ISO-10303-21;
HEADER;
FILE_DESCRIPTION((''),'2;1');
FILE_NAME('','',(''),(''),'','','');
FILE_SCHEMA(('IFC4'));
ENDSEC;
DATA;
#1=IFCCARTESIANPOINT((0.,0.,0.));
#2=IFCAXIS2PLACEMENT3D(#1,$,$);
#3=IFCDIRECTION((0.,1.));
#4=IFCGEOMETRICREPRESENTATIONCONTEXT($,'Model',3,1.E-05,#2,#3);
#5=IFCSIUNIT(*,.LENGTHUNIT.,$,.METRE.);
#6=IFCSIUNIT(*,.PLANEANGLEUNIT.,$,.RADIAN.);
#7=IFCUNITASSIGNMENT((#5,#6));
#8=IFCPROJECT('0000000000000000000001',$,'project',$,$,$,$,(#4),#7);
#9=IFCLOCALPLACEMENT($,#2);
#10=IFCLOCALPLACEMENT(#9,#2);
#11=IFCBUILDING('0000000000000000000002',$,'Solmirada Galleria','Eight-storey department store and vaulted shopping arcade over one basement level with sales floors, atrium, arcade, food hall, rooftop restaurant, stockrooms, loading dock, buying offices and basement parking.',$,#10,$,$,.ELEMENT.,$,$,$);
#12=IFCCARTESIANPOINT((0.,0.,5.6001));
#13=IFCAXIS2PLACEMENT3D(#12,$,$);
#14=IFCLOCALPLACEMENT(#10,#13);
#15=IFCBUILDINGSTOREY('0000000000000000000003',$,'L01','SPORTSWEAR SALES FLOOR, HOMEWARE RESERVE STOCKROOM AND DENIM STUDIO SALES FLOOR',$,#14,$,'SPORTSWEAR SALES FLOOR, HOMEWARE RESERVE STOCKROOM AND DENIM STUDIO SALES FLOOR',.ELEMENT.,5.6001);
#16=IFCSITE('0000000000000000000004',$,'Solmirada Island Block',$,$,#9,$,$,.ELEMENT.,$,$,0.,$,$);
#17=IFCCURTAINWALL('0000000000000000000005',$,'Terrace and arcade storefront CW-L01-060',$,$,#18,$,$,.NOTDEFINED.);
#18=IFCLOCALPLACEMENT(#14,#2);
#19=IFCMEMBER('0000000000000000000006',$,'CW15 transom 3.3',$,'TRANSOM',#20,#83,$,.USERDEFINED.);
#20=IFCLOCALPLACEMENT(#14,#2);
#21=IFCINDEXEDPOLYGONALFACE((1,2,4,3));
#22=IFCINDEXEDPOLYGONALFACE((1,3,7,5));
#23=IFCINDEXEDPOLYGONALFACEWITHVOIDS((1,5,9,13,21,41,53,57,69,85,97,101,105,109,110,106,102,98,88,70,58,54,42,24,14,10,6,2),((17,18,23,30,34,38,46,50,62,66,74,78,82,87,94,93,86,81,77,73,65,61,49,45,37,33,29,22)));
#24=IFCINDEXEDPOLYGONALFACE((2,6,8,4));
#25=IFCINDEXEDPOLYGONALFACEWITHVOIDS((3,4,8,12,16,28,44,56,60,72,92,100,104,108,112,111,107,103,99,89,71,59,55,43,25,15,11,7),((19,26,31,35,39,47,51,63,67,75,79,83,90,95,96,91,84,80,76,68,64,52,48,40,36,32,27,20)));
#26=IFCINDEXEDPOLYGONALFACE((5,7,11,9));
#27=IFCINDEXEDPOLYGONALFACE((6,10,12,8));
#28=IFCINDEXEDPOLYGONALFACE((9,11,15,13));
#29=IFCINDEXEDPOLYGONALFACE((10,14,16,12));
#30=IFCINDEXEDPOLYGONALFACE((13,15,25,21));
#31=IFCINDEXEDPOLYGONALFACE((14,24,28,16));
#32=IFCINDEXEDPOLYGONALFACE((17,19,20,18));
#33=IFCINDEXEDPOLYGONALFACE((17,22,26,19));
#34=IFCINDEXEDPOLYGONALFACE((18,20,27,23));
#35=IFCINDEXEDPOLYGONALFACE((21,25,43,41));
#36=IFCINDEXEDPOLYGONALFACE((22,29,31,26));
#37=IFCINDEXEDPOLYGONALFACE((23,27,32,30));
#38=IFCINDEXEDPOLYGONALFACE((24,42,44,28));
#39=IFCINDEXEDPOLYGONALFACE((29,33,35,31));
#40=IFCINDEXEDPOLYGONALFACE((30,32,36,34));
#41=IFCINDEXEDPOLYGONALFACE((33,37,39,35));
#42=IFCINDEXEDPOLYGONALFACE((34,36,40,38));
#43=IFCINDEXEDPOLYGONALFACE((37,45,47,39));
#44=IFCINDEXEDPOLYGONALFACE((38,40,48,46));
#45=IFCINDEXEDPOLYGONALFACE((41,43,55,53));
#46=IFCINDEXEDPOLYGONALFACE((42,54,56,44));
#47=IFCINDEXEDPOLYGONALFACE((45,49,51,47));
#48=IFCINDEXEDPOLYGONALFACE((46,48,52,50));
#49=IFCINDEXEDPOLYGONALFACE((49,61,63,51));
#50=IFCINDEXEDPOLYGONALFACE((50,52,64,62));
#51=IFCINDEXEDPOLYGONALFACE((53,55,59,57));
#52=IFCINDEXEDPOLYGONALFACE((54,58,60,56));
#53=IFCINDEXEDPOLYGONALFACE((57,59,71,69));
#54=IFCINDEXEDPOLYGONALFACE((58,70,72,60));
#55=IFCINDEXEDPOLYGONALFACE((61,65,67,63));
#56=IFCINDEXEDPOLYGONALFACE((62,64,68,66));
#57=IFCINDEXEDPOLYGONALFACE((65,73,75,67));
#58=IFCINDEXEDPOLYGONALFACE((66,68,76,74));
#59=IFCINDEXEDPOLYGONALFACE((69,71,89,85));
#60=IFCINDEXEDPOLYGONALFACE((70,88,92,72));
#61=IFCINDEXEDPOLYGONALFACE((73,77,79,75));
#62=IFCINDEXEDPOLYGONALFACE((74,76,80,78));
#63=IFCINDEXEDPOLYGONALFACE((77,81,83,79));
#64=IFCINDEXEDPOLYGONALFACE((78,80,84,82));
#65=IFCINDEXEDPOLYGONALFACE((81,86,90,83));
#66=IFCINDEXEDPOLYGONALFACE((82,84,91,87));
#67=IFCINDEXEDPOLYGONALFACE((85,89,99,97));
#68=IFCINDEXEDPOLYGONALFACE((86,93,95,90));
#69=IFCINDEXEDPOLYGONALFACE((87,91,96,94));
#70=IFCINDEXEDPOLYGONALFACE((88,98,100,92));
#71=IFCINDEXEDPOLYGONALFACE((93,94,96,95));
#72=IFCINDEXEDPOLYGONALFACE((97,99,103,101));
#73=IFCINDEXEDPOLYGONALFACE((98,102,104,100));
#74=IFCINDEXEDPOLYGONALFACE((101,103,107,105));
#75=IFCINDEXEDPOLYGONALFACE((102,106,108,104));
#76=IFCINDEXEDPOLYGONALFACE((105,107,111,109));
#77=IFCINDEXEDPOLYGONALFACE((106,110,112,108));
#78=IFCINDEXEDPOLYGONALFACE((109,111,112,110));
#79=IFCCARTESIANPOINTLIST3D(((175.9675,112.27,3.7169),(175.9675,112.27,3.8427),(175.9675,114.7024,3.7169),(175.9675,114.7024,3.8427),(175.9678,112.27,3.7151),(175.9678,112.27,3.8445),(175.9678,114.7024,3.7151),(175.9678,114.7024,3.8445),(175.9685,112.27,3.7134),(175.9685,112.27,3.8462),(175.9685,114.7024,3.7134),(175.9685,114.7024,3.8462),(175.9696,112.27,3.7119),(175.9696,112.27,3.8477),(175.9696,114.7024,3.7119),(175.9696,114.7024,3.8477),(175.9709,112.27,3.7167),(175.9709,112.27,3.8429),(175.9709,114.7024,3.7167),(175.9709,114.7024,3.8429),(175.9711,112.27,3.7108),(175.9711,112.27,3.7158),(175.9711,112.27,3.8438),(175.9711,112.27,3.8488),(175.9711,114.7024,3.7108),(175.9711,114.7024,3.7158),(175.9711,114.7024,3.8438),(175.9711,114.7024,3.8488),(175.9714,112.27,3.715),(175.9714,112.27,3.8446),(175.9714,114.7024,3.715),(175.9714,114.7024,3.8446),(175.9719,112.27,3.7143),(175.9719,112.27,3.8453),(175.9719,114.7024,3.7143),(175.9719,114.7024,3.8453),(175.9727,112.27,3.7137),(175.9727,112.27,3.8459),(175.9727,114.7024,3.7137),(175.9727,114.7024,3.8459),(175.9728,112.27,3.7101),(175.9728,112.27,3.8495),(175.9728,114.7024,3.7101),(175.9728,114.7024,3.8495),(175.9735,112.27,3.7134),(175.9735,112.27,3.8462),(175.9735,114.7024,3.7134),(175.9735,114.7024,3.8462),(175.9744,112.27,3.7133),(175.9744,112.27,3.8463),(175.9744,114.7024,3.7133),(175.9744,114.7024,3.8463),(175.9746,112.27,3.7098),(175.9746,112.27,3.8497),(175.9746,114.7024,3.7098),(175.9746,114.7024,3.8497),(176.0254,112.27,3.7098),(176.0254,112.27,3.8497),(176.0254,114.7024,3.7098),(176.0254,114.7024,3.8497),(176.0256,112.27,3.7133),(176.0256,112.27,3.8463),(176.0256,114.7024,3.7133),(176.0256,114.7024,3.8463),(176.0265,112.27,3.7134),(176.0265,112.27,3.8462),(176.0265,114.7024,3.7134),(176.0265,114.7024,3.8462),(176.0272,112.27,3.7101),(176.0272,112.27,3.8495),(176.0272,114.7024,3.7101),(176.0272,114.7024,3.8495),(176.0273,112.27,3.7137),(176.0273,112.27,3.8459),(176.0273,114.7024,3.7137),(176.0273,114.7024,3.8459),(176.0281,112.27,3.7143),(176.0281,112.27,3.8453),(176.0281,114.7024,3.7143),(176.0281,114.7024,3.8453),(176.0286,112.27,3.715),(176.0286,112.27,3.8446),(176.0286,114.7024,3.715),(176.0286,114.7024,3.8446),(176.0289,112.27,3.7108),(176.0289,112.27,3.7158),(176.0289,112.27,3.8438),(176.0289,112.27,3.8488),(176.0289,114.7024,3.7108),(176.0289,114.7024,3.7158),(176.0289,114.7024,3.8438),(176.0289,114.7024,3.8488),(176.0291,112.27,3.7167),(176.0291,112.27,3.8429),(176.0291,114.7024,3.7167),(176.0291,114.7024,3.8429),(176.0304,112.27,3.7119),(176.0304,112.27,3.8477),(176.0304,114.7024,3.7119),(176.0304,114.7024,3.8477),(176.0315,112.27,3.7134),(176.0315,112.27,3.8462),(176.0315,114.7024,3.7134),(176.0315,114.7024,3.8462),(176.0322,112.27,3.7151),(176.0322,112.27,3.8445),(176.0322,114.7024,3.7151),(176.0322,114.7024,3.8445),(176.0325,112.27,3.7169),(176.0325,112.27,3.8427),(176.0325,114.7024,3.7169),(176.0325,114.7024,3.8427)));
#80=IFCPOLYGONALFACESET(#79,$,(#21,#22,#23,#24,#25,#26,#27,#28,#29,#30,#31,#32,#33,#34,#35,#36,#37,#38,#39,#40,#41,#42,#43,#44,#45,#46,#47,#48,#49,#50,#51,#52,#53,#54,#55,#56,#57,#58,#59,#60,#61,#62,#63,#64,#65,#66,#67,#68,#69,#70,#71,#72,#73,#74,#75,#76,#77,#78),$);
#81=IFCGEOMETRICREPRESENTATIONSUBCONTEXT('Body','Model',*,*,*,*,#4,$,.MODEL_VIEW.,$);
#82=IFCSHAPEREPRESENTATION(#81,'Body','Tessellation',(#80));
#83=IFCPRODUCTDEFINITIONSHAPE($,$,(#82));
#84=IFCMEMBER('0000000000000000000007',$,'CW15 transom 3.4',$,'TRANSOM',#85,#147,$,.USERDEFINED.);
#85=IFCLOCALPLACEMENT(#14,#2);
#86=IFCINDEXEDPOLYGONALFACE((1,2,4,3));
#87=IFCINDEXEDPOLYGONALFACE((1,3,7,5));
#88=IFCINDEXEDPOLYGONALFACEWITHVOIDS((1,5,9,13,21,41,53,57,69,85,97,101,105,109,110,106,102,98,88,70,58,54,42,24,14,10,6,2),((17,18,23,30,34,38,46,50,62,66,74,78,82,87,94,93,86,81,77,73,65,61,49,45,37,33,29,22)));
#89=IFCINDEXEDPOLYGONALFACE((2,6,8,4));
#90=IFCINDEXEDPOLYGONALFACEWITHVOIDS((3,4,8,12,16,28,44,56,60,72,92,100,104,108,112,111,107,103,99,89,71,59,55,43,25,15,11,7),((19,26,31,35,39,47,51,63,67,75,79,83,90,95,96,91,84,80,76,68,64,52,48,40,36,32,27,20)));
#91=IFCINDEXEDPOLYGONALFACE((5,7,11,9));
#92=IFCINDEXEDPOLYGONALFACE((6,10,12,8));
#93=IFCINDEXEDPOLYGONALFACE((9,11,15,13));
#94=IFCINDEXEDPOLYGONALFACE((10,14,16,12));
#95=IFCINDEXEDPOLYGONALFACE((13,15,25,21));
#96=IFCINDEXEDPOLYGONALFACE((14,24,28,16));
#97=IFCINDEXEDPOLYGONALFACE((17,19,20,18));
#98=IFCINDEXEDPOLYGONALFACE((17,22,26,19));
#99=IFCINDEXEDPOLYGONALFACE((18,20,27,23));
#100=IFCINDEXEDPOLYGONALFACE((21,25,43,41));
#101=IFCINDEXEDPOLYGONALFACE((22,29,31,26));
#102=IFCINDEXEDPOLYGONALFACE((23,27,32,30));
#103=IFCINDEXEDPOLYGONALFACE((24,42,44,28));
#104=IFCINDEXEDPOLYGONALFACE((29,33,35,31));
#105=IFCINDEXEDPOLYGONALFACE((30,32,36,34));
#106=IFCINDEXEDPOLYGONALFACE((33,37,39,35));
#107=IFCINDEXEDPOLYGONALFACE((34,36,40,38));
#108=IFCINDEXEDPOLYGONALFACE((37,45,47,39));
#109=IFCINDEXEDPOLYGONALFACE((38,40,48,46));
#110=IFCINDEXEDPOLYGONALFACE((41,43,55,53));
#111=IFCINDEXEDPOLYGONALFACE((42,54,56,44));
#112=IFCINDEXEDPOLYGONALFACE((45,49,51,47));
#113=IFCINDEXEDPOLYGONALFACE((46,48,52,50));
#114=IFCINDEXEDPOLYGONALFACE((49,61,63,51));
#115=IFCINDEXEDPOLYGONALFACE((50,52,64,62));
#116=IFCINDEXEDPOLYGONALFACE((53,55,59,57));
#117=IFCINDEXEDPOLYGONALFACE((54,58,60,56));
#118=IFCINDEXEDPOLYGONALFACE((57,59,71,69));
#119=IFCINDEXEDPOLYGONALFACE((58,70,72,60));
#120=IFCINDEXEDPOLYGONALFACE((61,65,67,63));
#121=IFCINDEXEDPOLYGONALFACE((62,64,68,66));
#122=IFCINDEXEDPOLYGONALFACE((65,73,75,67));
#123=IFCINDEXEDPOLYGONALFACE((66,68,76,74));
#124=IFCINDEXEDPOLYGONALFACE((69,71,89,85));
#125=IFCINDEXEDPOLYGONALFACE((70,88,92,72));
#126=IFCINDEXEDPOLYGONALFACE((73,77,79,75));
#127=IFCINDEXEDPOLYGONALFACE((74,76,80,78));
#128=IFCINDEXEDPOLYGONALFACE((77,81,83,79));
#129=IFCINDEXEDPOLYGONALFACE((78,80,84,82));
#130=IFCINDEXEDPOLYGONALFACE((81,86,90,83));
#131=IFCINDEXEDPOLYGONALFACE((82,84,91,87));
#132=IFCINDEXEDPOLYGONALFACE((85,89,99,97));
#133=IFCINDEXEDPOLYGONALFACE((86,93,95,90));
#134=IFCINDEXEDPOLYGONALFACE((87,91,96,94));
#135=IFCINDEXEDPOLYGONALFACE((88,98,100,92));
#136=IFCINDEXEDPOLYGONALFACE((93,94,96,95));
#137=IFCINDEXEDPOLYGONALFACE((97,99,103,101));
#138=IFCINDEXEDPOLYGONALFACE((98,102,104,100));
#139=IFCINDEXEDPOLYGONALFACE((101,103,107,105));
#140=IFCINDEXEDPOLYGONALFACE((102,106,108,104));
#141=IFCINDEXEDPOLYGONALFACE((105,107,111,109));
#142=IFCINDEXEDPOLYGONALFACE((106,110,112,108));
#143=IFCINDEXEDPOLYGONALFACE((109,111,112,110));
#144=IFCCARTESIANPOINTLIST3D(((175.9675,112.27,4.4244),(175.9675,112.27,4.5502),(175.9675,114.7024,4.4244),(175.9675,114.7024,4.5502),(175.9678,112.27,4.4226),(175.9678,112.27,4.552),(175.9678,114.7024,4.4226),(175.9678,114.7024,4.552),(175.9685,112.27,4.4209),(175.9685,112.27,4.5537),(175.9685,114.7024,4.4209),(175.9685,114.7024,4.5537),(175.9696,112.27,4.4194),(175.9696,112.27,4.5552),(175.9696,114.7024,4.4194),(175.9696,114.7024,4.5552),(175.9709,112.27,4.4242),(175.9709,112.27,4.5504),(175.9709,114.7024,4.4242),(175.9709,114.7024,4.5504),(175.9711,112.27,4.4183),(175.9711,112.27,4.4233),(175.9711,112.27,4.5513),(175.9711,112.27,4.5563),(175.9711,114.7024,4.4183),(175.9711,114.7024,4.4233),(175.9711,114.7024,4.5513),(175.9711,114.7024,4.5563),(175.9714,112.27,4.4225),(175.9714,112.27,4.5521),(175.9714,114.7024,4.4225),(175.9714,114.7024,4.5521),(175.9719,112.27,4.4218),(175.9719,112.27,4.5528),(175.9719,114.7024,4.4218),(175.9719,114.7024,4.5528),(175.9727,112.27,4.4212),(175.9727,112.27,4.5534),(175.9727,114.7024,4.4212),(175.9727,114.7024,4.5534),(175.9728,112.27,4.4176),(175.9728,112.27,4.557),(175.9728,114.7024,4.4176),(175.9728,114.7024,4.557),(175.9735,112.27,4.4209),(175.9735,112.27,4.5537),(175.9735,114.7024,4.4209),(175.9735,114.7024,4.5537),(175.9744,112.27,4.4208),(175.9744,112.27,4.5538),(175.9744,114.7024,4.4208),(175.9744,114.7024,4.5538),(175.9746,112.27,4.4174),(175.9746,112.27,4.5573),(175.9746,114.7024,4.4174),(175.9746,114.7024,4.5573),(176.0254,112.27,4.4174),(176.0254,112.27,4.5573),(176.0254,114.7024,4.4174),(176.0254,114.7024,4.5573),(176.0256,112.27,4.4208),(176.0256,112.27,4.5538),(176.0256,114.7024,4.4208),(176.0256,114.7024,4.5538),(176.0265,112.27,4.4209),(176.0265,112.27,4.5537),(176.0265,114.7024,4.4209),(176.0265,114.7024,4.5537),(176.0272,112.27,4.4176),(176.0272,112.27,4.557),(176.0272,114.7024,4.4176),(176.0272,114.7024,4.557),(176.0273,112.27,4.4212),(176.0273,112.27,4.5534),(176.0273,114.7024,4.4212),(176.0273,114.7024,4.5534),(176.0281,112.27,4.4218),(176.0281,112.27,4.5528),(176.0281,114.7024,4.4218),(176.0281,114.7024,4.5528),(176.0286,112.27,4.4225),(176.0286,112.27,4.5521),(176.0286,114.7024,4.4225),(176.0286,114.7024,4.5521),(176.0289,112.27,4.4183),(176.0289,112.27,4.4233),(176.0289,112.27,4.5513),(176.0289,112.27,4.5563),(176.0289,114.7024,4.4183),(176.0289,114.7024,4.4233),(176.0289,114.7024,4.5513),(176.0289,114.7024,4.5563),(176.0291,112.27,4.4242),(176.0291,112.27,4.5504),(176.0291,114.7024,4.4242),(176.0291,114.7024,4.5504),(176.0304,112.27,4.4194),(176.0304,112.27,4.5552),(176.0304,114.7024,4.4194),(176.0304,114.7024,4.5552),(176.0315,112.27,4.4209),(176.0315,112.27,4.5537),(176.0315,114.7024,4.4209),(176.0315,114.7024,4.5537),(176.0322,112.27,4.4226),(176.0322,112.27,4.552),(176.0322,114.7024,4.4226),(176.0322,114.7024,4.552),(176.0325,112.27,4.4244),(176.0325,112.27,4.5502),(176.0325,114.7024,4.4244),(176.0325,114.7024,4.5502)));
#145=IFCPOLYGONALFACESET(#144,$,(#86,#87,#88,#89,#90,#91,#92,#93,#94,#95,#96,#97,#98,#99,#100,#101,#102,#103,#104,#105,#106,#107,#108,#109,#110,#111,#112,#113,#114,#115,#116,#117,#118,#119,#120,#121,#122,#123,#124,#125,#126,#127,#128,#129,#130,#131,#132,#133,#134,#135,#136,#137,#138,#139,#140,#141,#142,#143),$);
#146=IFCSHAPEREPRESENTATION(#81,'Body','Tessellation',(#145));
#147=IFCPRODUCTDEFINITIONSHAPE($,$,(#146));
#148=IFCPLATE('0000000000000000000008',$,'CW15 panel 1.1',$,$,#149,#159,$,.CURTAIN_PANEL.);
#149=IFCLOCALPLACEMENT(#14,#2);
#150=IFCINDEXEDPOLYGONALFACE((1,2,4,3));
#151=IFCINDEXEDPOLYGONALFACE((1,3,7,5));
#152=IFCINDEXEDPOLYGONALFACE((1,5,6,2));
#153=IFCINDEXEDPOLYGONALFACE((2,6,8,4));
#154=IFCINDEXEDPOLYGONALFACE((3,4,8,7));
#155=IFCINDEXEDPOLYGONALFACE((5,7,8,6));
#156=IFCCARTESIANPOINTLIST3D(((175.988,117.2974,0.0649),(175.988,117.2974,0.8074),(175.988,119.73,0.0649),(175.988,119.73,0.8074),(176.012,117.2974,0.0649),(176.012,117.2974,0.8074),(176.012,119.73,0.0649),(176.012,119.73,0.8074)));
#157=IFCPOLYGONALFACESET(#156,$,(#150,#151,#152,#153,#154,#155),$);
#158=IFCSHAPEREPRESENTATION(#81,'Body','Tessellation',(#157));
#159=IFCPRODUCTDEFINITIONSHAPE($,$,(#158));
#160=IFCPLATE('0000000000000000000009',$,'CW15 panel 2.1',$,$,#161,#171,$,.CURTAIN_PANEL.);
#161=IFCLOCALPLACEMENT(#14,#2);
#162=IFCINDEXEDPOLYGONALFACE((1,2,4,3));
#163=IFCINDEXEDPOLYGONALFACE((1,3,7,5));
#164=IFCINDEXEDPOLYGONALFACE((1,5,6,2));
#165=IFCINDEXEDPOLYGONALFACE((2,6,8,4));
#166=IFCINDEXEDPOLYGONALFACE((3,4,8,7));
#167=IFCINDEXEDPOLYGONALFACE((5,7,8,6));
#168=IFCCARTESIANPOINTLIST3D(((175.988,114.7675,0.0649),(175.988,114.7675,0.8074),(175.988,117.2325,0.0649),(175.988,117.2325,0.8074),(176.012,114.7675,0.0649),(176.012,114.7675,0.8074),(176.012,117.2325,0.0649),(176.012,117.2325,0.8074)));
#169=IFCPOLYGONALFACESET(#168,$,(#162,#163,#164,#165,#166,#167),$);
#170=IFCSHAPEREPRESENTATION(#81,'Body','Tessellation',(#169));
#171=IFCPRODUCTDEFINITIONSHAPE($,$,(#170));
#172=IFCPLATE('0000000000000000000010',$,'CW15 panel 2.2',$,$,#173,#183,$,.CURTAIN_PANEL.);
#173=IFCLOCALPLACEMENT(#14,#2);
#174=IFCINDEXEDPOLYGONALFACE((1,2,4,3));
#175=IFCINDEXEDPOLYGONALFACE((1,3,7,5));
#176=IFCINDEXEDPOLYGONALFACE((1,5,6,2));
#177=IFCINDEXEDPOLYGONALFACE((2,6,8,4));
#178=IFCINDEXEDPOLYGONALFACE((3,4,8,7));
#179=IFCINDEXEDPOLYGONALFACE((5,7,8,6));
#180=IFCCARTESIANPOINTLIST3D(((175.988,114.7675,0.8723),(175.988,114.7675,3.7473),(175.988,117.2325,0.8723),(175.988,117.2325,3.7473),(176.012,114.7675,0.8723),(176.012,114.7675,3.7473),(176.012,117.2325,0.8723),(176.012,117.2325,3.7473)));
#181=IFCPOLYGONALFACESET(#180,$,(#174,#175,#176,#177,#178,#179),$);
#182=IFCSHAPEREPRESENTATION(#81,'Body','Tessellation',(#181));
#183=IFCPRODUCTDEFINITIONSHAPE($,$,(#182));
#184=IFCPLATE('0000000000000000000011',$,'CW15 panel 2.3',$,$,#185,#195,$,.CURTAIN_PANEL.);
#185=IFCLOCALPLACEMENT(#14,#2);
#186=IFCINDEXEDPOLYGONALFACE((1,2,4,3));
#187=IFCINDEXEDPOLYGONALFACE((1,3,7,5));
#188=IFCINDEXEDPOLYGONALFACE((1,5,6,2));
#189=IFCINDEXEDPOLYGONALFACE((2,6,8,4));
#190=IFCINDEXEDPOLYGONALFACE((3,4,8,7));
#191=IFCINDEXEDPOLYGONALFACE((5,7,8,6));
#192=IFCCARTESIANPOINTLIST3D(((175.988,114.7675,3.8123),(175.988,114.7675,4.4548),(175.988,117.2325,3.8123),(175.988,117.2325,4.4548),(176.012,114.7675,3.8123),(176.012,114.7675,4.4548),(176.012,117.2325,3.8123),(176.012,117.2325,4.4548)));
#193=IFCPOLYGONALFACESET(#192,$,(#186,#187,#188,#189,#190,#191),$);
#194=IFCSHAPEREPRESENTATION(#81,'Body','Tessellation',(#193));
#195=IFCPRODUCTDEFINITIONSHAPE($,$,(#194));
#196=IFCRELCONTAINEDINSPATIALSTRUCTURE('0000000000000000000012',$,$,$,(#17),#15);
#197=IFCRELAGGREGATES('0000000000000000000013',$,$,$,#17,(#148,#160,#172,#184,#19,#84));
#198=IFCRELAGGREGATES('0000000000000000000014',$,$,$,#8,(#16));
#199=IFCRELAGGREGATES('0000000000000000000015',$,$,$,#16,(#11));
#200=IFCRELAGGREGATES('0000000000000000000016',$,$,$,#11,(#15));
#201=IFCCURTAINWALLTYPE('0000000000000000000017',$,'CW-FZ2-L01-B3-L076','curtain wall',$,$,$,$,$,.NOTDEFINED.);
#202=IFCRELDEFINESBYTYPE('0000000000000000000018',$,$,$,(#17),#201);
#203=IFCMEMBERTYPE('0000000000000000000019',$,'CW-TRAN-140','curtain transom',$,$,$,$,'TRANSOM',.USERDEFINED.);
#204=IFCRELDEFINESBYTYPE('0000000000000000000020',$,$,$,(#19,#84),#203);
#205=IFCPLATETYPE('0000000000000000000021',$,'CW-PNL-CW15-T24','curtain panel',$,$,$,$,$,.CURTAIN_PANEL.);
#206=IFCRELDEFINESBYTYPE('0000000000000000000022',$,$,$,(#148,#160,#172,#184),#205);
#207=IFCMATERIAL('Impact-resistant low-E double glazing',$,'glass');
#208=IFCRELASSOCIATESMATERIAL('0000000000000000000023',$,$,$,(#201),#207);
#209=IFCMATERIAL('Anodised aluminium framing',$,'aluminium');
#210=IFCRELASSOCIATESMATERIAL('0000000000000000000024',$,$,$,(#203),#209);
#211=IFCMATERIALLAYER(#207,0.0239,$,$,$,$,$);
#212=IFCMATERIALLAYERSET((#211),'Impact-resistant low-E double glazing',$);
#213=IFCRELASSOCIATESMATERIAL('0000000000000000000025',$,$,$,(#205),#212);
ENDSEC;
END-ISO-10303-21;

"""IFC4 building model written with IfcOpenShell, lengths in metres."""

from ifc_helpers import new_model, si_unit, direction, frame, origin, origin_2d, place, context, subcontext, project, spatial, rectangle, hollow_rectangle, extrude, material, layer, layer_set, material_profile, profile_set, type_object, element, aggregate, save


model = new_model("IFC4")

# Units and contexts
model_context = context("Model", 3, precision=1e-05, world=origin(), true_north=direction((0.0, 1.0)))
body_context = subcontext(model_context, "Body", "Model", "MODEL_VIEW")
ifc_project = project(units=[si_unit("LENGTHUNIT", "METRE"), si_unit("PLANEANGLEUNIT", "RADIAN")], contexts=[model_context])

# Site, building, storey
site_placement = place(None, origin())
site = spatial("IfcSite", under=ifc_project, at=site_placement, Name="Solmirada Island Block", CompositionType="ELEMENT", RefElevation=0.0)
building_placement = place(site_placement, origin())
building = spatial("IfcBuilding", under=site, at=building_placement, Name="Solmirada Galleria", Description="Eight-storey department store and vaulted shopping arcade over one basement level with sales floors, atrium, arcade, food hall, rooftop restaurant, stockrooms, loading dock, buying offices and basement parking.", CompositionType="ELEMENT")
storey_placement = place(building_placement, frame((0.0, 0.0, 5.6001)))
storey = spatial("IfcBuildingStorey", under=building, at=storey_placement, Name="L01", Description="SPORTSWEAR SALES FLOOR, HOMEWARE RESERVE STOCKROOM AND DENIM STUDIO SALES FLOOR", LongName="SPORTSWEAR SALES FLOOR, HOMEWARE RESERVE STOCKROOM AND DENIM STUDIO SALES FLOOR", CompositionType="ELEMENT", Elevation=5.6001)

# Curtain wall
ifc_material_1 = material(Name="Impact-resistant low-E double glazing", Category="glass")
curtain_wall_type = type_object("IfcCurtainWallType", Name="CW-FZ2-L01-B3-L076", Description="curtain wall", PredefinedType="NOTDEFINED", material=ifc_material_1)
curtain_wall_1_placement = place(storey_placement, origin())
curtain_wall_1 = element("IfcCurtainWall", 1, at=curtain_wall_1_placement, inside=storey, type_object=curtain_wall_type, Name="Terrace and arcade storefront CW-L01-060", PredefinedType="NOTDEFINED")
ifc_material_2 = material(Name="Anodised aluminium framing", Category="aluminium")

# Members
ifc_material_profile_1 = material_profile(ifc_material_2, hollow_rectangle(XDim=0.0649, YDim=0.1399, WallThickness=0.0034, InnerFilletRadius=0.0034, OuterFilletRadius=0.0071, at=origin_2d()), Name="ALU-TRAN-140X65")
ifc_profile_set_1 = profile_set([ifc_material_profile_1], Name="Anodised aluminium framing")
member_type_1 = type_object("IfcMemberType", Name="CW-TRAN-140", Description="curtain transom", ElementType="TRANSOM", PredefinedType="USERDEFINED", material=ifc_profile_set_1)
member_1_placement = place(storey_placement, frame((176.0, 114.7024, 3.7798), z_axis=(0.0, -1.0, 0.0), x_axis=(1.0, 0.0, 0.0)))
member_1 = element("IfcMember", 2, at=member_1_placement, type_object=member_type_1, Name="CW15 transom 3.3", ObjectType="TRANSOM", PredefinedType="USERDEFINED", context=body_context, shape_type="SweptSolid", body=[
    extrude(hollow_rectangle(XDim=0.0649, YDim=0.1399, WallThickness=0.0034, InnerFilletRadius=0.0034, OuterFilletRadius=0.0071, at=origin_2d()), origin(), (0.0, 0.0, 1.0), 2.4324),
])
member_2_placement = place(storey_placement, frame((176.0, 114.7024, 4.4873), z_axis=(0.0, -1.0, 0.0), x_axis=(1.0, 0.0, 0.0)))
member_2 = element("IfcMember", 3, at=member_2_placement, type_object=member_type_1, Name="CW15 transom 3.4", ObjectType="TRANSOM", PredefinedType="USERDEFINED", context=body_context, shape_type="SweptSolid", body=[
    extrude(hollow_rectangle(XDim=0.0649, YDim=0.1399, WallThickness=0.0034, InnerFilletRadius=0.0034, OuterFilletRadius=0.0071, at=origin_2d()), origin(), (0.0, 0.0, 1.0), 2.4324),
])

# Plates
ifc_layer_1 = layer(ifc_material_1, 0.0239)
ifc_layer_set_1 = layer_set([ifc_layer_1], Name="Impact-resistant low-E double glazing")
plate_type = type_object("IfcPlateType", Name="CW-PNL-CW15-T24", Description="curtain panel", PredefinedType="CURTAIN_PANEL", material=ifc_layer_set_1)
plate_1_placement = place(storey_placement, frame((176.0, 118.5137, 0.0649), z_axis=(0.0, 0.0, 1.0), x_axis=(0.0, -1.0, 0.0)))
plate_1 = element("IfcPlate", 4, at=plate_1_placement, type_object=plate_type, Name="CW15 panel 1.1", PredefinedType="CURTAIN_PANEL", context=body_context, shape_type="SweptSolid", body=[
    extrude(rectangle(XDim=2.4326, YDim=0.0239, at=origin_2d()), origin(), (0.0, 0.0, 1.0), 0.7424),
])
plate_2_placement = place(storey_placement, frame((176.0, 116.0, 0.0649), z_axis=(0.0, 0.0, 1.0), x_axis=(0.0, -1.0, 0.0)))
plate_2 = element("IfcPlate", 5, at=plate_2_placement, type_object=plate_type, Name="CW15 panel 2.1", PredefinedType="CURTAIN_PANEL", context=body_context, shape_type="SweptSolid", body=[
    extrude(rectangle(XDim=2.4651, YDim=0.0239, at=origin_2d()), origin(), (0.0, 0.0, 1.0), 0.7424),
])
plate_3_placement = place(storey_placement, frame((176.0, 116.0, 0.8723), z_axis=(0.0, 0.0, 1.0), x_axis=(0.0, -1.0, 0.0)))
plate_3 = element("IfcPlate", 6, at=plate_3_placement, type_object=plate_type, Name="CW15 panel 2.2", PredefinedType="CURTAIN_PANEL", context=body_context, shape_type="SweptSolid", body=[
    extrude(rectangle(XDim=2.4651, YDim=0.0239, at=origin_2d()), origin(), (0.0, 0.0, 1.0), 2.875),
])
plate_4_placement = place(storey_placement, frame((176.0, 116.0, 3.8123), z_axis=(0.0, 0.0, 1.0), x_axis=(0.0, -1.0, 0.0)))
plate_4 = element("IfcPlate", 7, at=plate_4_placement, type_object=plate_type, Name="CW15 panel 2.3", PredefinedType="CURTAIN_PANEL", context=body_context, shape_type="SweptSolid", body=[
    extrude(rectangle(XDim=2.4651, YDim=0.0239, at=origin_2d()), origin(), (0.0, 0.0, 1.0), 0.6426),
])
aggregate(curtain_wall_1, [plate_1, plate_2, plate_3, plate_4, member_1, member_2])

save(model, "model.ifc")
